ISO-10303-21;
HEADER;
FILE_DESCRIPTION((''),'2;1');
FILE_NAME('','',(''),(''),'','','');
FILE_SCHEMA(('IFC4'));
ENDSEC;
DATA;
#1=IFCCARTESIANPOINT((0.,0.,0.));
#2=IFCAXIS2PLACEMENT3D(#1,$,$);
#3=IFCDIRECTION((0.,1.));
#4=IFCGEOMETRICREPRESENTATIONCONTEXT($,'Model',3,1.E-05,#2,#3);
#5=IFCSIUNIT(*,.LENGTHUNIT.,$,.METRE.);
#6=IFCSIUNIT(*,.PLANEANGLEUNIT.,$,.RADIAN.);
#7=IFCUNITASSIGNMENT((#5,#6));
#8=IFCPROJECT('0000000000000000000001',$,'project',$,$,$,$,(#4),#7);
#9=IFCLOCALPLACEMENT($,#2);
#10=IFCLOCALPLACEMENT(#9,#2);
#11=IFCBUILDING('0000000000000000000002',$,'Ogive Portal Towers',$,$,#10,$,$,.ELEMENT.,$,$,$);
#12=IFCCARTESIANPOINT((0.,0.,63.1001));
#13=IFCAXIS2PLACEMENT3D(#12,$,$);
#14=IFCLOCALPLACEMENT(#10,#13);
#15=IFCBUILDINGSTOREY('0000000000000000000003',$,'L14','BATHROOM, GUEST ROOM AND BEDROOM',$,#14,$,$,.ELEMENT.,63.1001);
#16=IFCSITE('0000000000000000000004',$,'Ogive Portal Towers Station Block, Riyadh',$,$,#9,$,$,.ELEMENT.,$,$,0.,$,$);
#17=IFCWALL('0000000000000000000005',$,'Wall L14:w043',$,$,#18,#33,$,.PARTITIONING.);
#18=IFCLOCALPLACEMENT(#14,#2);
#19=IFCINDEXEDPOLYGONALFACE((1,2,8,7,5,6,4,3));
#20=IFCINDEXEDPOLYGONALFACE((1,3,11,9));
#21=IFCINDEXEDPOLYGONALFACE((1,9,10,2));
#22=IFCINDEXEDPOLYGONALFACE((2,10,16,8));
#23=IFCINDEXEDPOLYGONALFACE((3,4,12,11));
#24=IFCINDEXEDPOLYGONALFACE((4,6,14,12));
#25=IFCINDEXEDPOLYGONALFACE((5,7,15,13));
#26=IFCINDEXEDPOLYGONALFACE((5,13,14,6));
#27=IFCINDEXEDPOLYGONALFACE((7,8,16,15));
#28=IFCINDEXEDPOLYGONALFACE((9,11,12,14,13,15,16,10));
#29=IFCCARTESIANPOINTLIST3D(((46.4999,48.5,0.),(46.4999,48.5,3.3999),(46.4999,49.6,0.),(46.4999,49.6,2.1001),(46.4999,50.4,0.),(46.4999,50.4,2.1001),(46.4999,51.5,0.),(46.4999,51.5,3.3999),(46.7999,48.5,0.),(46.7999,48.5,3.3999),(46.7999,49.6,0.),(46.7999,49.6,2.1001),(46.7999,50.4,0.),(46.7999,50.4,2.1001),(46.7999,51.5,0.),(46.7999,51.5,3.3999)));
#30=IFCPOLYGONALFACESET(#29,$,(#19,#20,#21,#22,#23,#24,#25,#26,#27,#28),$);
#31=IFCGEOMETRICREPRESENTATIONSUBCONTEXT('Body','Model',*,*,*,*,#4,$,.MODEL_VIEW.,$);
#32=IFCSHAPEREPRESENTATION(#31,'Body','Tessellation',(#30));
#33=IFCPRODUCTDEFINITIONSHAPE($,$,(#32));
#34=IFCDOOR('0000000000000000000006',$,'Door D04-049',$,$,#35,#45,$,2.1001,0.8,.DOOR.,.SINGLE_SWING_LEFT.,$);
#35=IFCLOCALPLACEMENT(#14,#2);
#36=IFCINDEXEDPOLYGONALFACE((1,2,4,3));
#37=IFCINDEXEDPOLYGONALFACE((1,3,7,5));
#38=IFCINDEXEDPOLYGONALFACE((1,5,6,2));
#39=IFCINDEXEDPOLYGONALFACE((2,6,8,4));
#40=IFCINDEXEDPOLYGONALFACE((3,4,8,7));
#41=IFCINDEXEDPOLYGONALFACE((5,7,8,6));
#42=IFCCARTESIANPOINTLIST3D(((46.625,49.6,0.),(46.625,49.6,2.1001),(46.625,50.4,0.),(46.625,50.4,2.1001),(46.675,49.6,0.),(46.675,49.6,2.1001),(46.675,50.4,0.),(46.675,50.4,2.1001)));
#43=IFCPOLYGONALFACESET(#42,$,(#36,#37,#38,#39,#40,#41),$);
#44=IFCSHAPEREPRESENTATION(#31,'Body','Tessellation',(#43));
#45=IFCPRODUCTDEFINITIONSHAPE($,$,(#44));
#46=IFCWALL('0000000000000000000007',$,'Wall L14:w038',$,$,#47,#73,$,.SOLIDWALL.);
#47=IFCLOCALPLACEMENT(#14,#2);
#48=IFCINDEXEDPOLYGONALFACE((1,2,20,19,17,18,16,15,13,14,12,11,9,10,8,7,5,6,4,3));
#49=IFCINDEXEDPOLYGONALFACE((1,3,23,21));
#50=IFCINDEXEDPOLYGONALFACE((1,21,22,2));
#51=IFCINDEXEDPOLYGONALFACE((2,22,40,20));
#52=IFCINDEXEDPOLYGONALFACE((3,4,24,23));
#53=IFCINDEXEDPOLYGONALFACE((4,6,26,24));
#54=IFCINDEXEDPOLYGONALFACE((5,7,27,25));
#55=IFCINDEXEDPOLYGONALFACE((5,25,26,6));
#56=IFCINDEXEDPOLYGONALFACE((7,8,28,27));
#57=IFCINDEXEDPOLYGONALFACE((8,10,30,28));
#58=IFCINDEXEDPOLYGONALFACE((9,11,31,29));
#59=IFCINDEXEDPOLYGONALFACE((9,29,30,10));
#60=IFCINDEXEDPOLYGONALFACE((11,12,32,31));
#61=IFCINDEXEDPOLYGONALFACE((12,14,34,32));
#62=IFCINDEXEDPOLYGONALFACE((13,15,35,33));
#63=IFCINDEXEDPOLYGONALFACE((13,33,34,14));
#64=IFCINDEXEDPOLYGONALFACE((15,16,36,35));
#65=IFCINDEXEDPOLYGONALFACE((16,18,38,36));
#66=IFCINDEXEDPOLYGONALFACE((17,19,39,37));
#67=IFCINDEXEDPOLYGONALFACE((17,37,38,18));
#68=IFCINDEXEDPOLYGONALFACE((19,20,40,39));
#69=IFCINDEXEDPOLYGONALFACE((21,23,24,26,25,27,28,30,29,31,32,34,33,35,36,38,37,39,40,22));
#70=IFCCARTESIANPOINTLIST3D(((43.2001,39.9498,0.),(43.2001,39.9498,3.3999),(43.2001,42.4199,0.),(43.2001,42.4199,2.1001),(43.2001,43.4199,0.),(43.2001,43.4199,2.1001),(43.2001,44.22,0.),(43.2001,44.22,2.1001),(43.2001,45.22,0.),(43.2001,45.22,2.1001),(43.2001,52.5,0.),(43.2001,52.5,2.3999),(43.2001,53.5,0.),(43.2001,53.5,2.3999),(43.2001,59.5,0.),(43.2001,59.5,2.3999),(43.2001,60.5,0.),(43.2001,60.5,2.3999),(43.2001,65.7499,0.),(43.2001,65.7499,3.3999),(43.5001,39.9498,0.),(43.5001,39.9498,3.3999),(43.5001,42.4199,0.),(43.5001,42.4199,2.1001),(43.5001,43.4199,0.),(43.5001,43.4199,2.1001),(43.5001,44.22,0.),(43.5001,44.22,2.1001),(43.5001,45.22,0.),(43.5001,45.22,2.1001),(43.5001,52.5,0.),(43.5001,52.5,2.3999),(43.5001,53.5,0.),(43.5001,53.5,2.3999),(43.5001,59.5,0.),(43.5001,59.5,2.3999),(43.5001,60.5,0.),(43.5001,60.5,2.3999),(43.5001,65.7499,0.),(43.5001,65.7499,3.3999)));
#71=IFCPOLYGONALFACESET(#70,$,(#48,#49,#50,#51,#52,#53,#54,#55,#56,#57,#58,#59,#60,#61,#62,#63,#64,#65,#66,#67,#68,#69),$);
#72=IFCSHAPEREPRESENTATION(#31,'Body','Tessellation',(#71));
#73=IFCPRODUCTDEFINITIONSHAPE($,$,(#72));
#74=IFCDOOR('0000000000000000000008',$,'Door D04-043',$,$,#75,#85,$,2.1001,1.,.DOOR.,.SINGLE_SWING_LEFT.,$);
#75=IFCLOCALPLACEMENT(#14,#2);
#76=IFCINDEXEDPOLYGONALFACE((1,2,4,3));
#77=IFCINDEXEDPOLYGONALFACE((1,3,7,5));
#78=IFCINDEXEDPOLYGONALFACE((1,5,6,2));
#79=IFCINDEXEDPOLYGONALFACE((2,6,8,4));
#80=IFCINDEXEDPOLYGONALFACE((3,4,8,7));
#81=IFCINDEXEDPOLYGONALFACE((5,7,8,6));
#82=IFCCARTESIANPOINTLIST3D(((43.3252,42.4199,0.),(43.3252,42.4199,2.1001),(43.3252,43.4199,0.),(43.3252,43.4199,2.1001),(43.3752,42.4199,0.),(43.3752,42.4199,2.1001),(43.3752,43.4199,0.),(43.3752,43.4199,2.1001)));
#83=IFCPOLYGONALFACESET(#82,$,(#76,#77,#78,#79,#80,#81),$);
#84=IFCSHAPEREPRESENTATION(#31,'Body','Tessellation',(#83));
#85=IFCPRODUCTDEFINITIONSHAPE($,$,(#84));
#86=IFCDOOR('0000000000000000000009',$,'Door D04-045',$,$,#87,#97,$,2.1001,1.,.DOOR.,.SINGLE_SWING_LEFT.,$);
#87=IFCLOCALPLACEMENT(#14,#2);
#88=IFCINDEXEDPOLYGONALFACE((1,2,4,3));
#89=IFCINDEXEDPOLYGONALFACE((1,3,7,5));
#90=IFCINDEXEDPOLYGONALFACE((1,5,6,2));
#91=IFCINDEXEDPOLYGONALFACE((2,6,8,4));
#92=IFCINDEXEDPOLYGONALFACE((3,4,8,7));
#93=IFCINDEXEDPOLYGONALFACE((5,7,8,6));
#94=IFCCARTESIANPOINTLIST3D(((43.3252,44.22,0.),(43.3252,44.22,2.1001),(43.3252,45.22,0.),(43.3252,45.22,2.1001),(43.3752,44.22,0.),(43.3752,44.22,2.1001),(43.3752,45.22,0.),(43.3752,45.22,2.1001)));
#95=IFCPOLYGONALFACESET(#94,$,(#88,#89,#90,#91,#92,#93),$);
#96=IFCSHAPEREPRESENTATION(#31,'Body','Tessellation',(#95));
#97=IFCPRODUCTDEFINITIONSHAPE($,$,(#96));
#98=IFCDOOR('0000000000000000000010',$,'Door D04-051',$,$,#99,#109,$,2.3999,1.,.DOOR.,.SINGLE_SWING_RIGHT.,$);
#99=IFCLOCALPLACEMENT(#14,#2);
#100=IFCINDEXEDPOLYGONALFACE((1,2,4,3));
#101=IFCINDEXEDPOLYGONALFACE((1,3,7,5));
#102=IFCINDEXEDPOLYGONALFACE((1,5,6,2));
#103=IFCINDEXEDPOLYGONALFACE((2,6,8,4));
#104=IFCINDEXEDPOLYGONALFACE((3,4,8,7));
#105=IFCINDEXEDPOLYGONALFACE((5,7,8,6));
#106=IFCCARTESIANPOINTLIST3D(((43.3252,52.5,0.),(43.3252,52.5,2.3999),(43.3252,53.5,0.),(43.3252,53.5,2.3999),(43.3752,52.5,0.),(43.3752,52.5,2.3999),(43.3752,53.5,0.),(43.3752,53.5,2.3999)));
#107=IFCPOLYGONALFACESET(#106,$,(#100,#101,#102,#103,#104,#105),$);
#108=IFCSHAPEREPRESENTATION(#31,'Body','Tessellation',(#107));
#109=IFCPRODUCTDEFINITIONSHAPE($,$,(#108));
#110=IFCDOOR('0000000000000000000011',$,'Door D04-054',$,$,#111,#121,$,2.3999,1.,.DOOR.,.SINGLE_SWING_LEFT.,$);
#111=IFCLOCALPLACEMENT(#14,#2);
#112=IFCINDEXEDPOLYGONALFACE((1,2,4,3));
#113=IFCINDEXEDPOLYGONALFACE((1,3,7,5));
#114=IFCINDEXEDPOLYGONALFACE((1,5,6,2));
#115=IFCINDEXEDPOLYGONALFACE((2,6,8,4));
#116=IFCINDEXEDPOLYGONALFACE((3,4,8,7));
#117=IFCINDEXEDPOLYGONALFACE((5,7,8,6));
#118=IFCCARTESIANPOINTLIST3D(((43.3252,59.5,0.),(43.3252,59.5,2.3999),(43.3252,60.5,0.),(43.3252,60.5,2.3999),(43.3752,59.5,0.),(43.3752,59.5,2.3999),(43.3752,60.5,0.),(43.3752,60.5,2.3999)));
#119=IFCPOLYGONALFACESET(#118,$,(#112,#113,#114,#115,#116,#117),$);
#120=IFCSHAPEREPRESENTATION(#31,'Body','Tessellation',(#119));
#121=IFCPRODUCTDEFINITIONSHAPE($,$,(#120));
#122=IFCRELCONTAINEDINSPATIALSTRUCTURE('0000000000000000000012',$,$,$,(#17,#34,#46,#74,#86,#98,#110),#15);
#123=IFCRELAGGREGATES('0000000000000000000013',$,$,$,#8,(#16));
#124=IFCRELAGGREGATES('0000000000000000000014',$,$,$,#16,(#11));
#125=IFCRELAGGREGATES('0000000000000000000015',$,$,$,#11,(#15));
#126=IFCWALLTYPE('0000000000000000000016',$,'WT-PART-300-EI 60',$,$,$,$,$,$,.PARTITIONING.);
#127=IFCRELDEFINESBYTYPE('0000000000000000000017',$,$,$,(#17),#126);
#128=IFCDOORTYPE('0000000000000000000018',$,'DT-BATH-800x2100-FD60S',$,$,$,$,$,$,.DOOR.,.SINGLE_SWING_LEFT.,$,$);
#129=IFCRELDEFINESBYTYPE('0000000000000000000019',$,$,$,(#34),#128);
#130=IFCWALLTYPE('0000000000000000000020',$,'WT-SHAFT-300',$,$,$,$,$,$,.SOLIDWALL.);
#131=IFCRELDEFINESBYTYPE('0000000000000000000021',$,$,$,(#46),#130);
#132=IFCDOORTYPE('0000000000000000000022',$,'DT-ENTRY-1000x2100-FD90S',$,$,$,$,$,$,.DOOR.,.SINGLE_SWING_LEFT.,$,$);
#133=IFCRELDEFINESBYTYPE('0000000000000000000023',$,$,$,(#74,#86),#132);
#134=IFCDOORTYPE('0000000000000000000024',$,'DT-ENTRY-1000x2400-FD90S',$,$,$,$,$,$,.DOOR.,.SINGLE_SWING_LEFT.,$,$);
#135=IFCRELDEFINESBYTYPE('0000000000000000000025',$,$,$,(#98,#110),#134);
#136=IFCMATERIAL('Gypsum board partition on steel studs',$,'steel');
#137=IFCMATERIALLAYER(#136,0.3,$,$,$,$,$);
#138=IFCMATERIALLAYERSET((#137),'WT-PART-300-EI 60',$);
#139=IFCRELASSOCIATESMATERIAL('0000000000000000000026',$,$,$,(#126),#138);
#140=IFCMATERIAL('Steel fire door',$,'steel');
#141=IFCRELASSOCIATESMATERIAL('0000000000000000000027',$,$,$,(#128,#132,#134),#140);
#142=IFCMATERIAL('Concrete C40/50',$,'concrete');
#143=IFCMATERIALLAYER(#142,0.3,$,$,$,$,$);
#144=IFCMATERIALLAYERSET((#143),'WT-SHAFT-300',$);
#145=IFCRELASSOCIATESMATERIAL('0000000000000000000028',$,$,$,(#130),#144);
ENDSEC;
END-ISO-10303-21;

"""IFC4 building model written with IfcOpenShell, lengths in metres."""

from ifc_helpers import new_model, si_unit, direction, frame, frame_2d, origin, place, context, subcontext, project, spatial, rectangle, extrude, material, layer, layer_set, type_object, element, fill, save


model = new_model("IFC4")

# Units and contexts
model_context = context("Model", 3, precision=1e-05, world=origin(), true_north=direction((0.0, 1.0)))
body_context = subcontext(model_context, "Body", "Model", "MODEL_VIEW")
ifc_project = project(units=[si_unit("LENGTHUNIT", "METRE"), si_unit("PLANEANGLEUNIT", "RADIAN")], contexts=[model_context])

# Site, building, storey
site_placement = place(None, origin())
site = spatial("IfcSite", under=ifc_project, at=site_placement, Name="Ogive Portal Towers Station Block, Riyadh", CompositionType="ELEMENT", RefElevation=0.0)
building_placement = place(site_placement, origin())
building = spatial("IfcBuilding", under=site, at=building_placement, Name="Ogive Portal Towers", CompositionType="ELEMENT")
storey_placement = place(building_placement, frame((0.0, 0.0, 63.1001)))
storey = spatial("IfcBuildingStorey", under=building, at=storey_placement, Name="L14", Description="BATHROOM, GUEST ROOM AND BEDROOM", CompositionType="ELEMENT", Elevation=63.1001)

# Shared definitions
ifc_material_1 = material(Name="Gypsum board partition on steel studs", Category="steel")
ifc_layer_1 = layer(ifc_material_1, 0.3)
ifc_layer_set_1 = layer_set([ifc_layer_1], Name="WT-PART-300-EI 60")
wall_type_1 = type_object("IfcWallType", Name="WT-PART-300-EI 60", PredefinedType="PARTITIONING", material=ifc_layer_set_1)

# Shared definitions
ifc_material_2 = material(Name="Steel fire door", Category="steel")

# Wall, opening, door
door_type_1 = type_object("IfcDoorType", Name="DT-BATH-800x2100-FD60S", OperationType="SINGLE_SWING_LEFT", PredefinedType="DOOR", material=ifc_material_2)
wall_1_placement = place(storey_placement, frame((46.6499, 48.5, 0.0), z_axis=(0.0, 0.0, 1.0), x_axis=(0.0, 1.0, 0.0)))
wall_1 = element("IfcWall", 1, at=wall_1_placement, inside=storey, type_object=wall_type_1, Name="Wall L14:w043", PredefinedType="PARTITIONING", context=body_context, shape_type="SweptSolid", body=[
    extrude(rectangle(XDim=3.0, YDim=0.3, at=frame_2d((1.5, 0.0))), origin(), (0.0, 0.0, 1.0), 3.3999),
])
opening_1_placement = place(wall_1_placement, frame((1.1001, 0.0, 0.0)))
opening_1 = element("IfcOpeningElement", 2, at=opening_1_placement, cuts=wall_1, PredefinedType="OPENING", context=body_context, shape_type="SweptSolid", body=[
    extrude(rectangle(XDim=0.8, YDim=2.1001, at=frame_2d((0.3999, 1.05))), frame((0.0, 0.1602, 0.0), z_axis=(0.0, -1.0, 0.0), x_axis=(1.0, 0.0, 0.0)), (0.0, 0.0, 1.0), 0.3201),
])
door_1_placement = place(opening_1_placement, origin())
door_1 = element("IfcDoor", 3, at=door_1_placement, inside=storey, type_object=door_type_1, Name="Door D04-049", OperationType="SINGLE_SWING_LEFT", OverallHeight=2.1001, OverallWidth=0.8, PredefinedType="DOOR", context=body_context, shape_type="SweptSolid", body=[
    extrude(rectangle(XDim=0.8, YDim=2.1001, at=frame_2d((0.3999, 1.05))), frame((0.0, 0.0249, 0.0), z_axis=(0.0, -1.0, 0.0), x_axis=(1.0, 0.0, 0.0)), (0.0, 0.0, 1.0), 0.05),
])
fill(opening_1, door_1)

# Wall, openings, doors
ifc_material_3 = material(Name="Concrete C40/50", Category="concrete")
ifc_layer_2 = layer(ifc_material_3, 0.3)
ifc_layer_set_2 = layer_set([ifc_layer_2], Name="WT-SHAFT-300")
wall_type_2 = type_object("IfcWallType", Name="WT-SHAFT-300", PredefinedType="SOLIDWALL", material=ifc_layer_set_2)
wall_2_placement = place(storey_placement, frame((43.3501, 39.95, 0.0), z_axis=(0.0, 0.0, 1.0), x_axis=(0.0, 1.0, 0.0)))
wall_2 = element("IfcWall", 4, at=wall_2_placement, inside=storey, type_object=wall_type_2, Name="Wall L14:w038", PredefinedType="SOLIDWALL", context=body_context, shape_type="SweptSolid", body=[
    extrude(rectangle(XDim=25.8, YDim=0.3, at=frame_2d((12.8999, 0.0))), origin(), (0.0, 0.0, 1.0), 3.3999),
])
opening_2_placement = place(wall_2_placement, frame((2.47, 0.0, 0.0)))
opening_2 = element("IfcOpeningElement", 5, at=opening_2_placement, cuts=wall_2, PredefinedType="OPENING", context=body_context, shape_type="SweptSolid", body=[
    extrude(rectangle(XDim=1.0, YDim=2.1001, at=frame_2d((0.5, 1.05))), frame((0.0, 0.1602, 0.0), z_axis=(0.0, -1.0, 0.0), x_axis=(1.0, 0.0, 0.0)), (0.0, 0.0, 1.0), 0.3201),
])
opening_3_placement = place(wall_2_placement, frame((4.27, 0.0, 0.0)))
opening_3 = element("IfcOpeningElement", 6, at=opening_3_placement, cuts=wall_2, PredefinedType="OPENING", context=body_context, shape_type="SweptSolid", body=[
    extrude(rectangle(XDim=1.0, YDim=2.1001, at=frame_2d((0.5, 1.05))), frame((0.0, 0.1602, 0.0), z_axis=(0.0, -1.0, 0.0), x_axis=(1.0, 0.0, 0.0)), (0.0, 0.0, 1.0), 0.3201),
])
opening_4_placement = place(wall_2_placement, frame((12.55, 0.0, 0.0)))
opening_4 = element("IfcOpeningElement", 7, at=opening_4_placement, cuts=wall_2, PredefinedType="OPENING", context=body_context, shape_type="SweptSolid", body=[
    extrude(rectangle(XDim=1.0, YDim=2.3999, at=frame_2d((0.5, 1.2))), frame((0.0, 0.1602, 0.0), z_axis=(0.0, -1.0, 0.0), x_axis=(1.0, 0.0, 0.0)), (0.0, 0.0, 1.0), 0.3201),
])
opening_5_placement = place(wall_2_placement, frame((19.55, 0.0, 0.0)))
opening_5 = element("IfcOpeningElement", 8, at=opening_5_placement, cuts=wall_2, PredefinedType="OPENING", context=body_context, shape_type="SweptSolid", body=[
    extrude(rectangle(XDim=1.0, YDim=2.3999, at=frame_2d((0.5, 1.2))), frame((0.0, 0.1602, 0.0), z_axis=(0.0, -1.0, 0.0), x_axis=(1.0, 0.0, 0.0)), (0.0, 0.0, 1.0), 0.3201),
])
door_type_2 = type_object("IfcDoorType", Name="DT-ENTRY-1000x2100-FD90S", OperationType="SINGLE_SWING_LEFT", PredefinedType="DOOR", material=ifc_material_2)
door_2_placement = place(opening_2_placement, origin())
door_2 = element("IfcDoor", 9, at=door_2_placement, inside=storey, type_object=door_type_2, Name="Door D04-043", OperationType="SINGLE_SWING_LEFT", OverallHeight=2.1001, OverallWidth=1.0, PredefinedType="DOOR", context=body_context, shape_type="SweptSolid", body=[
    extrude(rectangle(XDim=1.0, YDim=2.1001, at=frame_2d((0.5, 1.05))), frame((0.0, 0.0249, 0.0), z_axis=(0.0, -1.0, 0.0), x_axis=(1.0, 0.0, 0.0)), (0.0, 0.0, 1.0), 0.05),
])
fill(opening_2, door_2)
door_3_placement = place(opening_3_placement, origin())
door_3 = element("IfcDoor", 10, at=door_3_placement, inside=storey, type_object=door_type_2, Name="Door D04-045", OperationType="SINGLE_SWING_LEFT", OverallHeight=2.1001, OverallWidth=1.0, PredefinedType="DOOR", context=body_context, shape_type="SweptSolid", body=[
    extrude(rectangle(XDim=1.0, YDim=2.1001, at=frame_2d((0.5, 1.05))), frame((0.0, 0.0249, 0.0), z_axis=(0.0, -1.0, 0.0), x_axis=(1.0, 0.0, 0.0)), (0.0, 0.0, 1.0), 0.05),
])
fill(opening_3, door_3)
door_type_3 = type_object("IfcDoorType", Name="DT-ENTRY-1000x2400-FD90S", OperationType="SINGLE_SWING_LEFT", PredefinedType="DOOR", material=ifc_material_2)
door_4_placement = place(opening_4_placement, origin())
door_4 = element("IfcDoor", 11, at=door_4_placement, inside=storey, type_object=door_type_3, Name="Door D04-051", OperationType="SINGLE_SWING_RIGHT", OverallHeight=2.3999, OverallWidth=1.0, PredefinedType="DOOR", context=body_context, shape_type="SweptSolid", body=[
    extrude(rectangle(XDim=1.0, YDim=2.3999, at=frame_2d((0.5, 1.2))), frame((0.0, 0.0249, 0.0), z_axis=(0.0, -1.0, 0.0), x_axis=(1.0, 0.0, 0.0)), (0.0, 0.0, 1.0), 0.05),
])
fill(opening_4, door_4)
door_5_placement = place(opening_5_placement, origin())
door_5 = element("IfcDoor", 12, at=door_5_placement, inside=storey, type_object=door_type_3, Name="Door D04-054", OperationType="SINGLE_SWING_LEFT", OverallHeight=2.3999, OverallWidth=1.0, PredefinedType="DOOR", context=body_context, shape_type="SweptSolid", body=[
    extrude(rectangle(XDim=1.0, YDim=2.3999, at=frame_2d((0.5, 1.2))), frame((0.0, 0.0249, 0.0), z_axis=(0.0, -1.0, 0.0), x_axis=(1.0, 0.0, 0.0)), (0.0, 0.0, 1.0), 0.05),
])
fill(opening_5, door_5)

save(model, "model.ifc")
